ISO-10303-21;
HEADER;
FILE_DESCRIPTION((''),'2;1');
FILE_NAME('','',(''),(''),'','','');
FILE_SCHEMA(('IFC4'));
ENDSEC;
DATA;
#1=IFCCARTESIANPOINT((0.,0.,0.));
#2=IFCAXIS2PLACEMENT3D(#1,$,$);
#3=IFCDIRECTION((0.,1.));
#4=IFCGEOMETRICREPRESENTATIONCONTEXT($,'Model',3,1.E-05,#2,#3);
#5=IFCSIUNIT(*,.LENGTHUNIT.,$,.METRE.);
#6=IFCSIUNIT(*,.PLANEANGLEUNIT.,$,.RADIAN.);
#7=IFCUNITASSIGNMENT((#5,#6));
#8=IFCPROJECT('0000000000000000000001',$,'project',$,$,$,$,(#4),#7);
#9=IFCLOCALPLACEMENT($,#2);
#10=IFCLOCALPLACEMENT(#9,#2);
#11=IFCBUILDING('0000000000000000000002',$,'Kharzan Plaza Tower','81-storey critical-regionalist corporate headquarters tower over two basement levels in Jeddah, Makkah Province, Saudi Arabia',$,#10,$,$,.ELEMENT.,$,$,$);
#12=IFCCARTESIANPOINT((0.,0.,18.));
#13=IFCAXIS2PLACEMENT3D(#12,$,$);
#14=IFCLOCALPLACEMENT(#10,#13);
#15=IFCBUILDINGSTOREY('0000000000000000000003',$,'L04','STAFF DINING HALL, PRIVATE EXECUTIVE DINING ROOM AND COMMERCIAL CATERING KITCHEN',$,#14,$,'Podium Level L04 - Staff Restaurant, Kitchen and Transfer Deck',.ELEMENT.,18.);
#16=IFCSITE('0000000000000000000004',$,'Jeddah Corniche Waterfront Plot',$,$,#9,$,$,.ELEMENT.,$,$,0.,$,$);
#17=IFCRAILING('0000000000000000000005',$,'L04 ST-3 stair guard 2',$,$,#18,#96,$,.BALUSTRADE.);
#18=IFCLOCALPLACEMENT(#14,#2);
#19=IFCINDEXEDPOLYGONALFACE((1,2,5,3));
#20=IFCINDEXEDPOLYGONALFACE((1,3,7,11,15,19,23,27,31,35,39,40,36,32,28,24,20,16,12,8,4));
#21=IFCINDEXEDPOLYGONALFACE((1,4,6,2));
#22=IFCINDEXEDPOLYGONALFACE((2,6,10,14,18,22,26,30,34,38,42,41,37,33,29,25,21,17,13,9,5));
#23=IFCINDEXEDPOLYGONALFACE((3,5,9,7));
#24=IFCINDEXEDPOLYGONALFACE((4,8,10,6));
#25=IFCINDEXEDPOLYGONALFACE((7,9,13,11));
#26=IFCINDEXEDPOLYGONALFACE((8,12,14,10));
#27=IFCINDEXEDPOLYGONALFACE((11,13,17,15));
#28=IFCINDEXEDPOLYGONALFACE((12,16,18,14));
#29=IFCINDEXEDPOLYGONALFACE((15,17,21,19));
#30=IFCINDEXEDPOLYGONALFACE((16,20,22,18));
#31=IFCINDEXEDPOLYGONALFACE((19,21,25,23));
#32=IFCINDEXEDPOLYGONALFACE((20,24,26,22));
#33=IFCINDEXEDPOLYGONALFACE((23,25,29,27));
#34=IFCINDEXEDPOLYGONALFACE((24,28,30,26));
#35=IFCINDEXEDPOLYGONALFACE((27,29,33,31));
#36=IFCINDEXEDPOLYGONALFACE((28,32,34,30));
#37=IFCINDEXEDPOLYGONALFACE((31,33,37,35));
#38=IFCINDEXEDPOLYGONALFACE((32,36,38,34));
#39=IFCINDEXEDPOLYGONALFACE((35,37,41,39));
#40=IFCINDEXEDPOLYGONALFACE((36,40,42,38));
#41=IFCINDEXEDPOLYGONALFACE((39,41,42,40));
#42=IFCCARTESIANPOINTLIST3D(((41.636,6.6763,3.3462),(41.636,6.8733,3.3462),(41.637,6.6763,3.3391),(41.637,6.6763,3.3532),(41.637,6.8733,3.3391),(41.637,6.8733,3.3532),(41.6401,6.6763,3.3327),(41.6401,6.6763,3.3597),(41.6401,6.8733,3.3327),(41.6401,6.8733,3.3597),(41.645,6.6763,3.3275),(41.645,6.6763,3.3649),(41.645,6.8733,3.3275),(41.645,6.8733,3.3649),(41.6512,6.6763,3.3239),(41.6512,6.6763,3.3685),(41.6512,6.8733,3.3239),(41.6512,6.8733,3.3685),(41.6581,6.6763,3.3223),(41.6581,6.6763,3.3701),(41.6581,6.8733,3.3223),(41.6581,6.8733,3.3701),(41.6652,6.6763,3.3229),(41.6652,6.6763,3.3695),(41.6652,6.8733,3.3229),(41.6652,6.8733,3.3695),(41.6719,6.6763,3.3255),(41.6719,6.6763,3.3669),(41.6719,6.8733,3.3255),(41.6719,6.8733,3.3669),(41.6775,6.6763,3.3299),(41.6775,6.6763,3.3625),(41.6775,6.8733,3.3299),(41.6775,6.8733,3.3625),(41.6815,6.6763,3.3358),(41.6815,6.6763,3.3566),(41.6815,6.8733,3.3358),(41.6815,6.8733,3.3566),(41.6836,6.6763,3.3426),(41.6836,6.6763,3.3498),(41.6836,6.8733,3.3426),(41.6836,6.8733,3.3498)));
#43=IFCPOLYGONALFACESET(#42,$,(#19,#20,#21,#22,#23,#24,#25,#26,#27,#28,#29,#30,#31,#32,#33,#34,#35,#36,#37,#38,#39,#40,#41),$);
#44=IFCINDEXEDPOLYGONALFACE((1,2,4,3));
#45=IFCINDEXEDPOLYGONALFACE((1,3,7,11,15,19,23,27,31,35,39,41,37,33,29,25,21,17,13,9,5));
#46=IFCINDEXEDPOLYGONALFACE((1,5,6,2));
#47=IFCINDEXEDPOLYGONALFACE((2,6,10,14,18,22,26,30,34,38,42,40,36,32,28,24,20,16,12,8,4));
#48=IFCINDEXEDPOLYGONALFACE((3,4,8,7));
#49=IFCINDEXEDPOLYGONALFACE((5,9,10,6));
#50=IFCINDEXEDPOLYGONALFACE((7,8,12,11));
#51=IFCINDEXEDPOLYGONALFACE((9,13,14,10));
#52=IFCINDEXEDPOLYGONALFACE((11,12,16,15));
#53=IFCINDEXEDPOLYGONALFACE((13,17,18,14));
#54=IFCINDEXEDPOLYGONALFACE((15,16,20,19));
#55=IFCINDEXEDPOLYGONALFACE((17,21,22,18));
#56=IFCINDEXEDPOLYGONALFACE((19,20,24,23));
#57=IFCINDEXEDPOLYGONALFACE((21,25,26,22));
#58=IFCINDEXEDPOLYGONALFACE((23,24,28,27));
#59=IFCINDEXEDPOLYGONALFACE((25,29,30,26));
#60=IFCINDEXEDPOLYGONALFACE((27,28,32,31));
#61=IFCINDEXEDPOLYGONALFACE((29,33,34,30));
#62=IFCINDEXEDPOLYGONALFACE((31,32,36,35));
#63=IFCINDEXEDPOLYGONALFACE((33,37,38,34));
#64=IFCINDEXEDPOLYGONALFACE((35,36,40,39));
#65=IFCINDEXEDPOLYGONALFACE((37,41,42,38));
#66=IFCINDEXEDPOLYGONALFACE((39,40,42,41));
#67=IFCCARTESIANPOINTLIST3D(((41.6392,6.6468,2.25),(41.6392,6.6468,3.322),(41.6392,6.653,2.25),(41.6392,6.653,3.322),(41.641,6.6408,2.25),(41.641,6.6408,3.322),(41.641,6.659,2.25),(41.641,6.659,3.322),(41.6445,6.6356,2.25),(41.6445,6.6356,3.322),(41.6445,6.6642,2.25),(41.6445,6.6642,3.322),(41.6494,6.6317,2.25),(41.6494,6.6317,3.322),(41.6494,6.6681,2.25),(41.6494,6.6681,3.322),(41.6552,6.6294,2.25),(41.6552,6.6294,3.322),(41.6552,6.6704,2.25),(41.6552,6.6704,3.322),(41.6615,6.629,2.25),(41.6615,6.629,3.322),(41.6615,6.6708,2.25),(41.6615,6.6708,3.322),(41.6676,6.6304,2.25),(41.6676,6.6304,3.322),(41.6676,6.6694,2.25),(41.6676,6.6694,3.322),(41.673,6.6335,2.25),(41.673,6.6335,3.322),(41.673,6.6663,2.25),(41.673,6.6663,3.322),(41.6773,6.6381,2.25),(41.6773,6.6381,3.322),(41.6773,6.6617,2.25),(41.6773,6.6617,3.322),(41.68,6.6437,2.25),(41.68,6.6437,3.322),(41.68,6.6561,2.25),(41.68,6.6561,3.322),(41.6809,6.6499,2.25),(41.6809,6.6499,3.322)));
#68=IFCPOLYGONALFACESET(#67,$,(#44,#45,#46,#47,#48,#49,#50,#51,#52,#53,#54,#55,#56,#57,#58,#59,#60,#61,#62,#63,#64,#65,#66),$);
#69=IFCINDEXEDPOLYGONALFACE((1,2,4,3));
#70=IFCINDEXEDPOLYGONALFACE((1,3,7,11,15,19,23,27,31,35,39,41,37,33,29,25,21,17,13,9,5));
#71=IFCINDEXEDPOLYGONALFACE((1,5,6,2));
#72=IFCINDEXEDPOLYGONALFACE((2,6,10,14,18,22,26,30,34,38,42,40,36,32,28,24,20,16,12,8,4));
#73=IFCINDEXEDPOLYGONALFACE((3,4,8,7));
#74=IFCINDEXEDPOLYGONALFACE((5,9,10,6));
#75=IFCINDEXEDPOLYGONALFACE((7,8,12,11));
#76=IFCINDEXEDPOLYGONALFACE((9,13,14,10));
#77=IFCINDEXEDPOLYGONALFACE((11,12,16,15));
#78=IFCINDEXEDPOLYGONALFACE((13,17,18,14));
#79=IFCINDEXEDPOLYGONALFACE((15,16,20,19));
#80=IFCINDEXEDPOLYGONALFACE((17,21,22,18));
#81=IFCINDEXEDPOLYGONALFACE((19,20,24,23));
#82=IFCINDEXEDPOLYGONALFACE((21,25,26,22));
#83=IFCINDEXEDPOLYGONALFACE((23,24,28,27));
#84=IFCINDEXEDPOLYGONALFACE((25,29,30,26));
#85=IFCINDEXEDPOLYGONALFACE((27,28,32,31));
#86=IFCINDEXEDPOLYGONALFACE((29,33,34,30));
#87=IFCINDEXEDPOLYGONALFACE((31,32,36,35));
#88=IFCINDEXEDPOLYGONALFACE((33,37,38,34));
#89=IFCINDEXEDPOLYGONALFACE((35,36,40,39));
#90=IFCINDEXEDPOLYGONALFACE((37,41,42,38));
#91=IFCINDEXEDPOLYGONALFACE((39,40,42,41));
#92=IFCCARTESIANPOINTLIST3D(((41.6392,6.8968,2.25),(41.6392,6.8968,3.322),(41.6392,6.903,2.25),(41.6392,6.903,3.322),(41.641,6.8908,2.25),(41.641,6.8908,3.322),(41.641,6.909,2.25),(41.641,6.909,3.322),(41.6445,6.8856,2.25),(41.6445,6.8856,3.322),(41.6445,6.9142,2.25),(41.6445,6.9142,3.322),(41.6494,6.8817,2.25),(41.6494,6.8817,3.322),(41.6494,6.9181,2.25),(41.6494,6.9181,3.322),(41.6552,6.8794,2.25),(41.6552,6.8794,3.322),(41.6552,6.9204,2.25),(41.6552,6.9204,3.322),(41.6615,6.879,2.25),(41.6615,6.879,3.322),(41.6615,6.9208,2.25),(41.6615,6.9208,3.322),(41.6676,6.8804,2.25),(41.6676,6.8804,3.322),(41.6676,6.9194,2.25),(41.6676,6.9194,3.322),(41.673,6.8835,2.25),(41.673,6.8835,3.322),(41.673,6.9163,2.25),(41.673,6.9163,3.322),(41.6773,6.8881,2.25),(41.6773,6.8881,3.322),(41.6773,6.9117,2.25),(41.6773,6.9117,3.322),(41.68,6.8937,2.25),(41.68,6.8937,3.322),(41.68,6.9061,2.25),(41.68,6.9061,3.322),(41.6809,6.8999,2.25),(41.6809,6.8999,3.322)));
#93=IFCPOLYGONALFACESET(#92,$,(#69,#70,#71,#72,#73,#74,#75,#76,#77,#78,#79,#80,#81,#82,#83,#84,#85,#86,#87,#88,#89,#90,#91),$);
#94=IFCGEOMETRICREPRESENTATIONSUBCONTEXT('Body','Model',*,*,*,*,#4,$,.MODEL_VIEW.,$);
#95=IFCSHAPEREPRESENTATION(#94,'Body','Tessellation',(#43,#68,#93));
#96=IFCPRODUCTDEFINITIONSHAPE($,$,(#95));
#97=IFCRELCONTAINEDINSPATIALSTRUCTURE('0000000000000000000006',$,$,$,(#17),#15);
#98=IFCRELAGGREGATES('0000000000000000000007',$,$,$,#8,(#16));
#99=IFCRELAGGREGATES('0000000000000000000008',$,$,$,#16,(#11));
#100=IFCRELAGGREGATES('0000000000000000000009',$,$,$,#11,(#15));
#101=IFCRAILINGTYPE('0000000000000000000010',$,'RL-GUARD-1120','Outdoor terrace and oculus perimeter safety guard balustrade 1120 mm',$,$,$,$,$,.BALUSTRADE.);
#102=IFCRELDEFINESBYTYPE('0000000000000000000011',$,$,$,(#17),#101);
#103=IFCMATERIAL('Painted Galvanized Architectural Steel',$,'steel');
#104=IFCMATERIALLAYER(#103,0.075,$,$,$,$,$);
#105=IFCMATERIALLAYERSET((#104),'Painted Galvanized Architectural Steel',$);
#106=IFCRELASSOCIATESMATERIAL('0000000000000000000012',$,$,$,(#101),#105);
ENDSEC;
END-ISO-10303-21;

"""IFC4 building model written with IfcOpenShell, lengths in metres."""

from ifc_helpers import new_model, si_unit, direction, frame, origin, origin_2d, place, context, subcontext, project, spatial, circle, extrude, source, transform, mapped, material, layer, layer_set, type_object, element, save


model = new_model("IFC4")

# Units and contexts
model_context = context("Model", 3, precision=1e-05, world=origin(), true_north=direction((0.0, 1.0)))
body_context = subcontext(model_context, "Body", "Model", "MODEL_VIEW")
ifc_project = project(units=[si_unit("LENGTHUNIT", "METRE"), si_unit("PLANEANGLEUNIT", "RADIAN")], contexts=[model_context])

# Site, building, storey
site_placement = place(None, origin())
site = spatial("IfcSite", under=ifc_project, at=site_placement, Name="Jeddah Corniche Waterfront Plot", CompositionType="ELEMENT", RefElevation=0.0)
building_placement = place(site_placement, origin())
building = spatial("IfcBuilding", under=site, at=building_placement, Name="Kharzan Plaza Tower", Description="81-storey critical-regionalist corporate headquarters tower over two basement levels in Jeddah, Makkah Province, Saudi Arabia", CompositionType="ELEMENT")
storey_placement = place(building_placement, frame((0.0, 0.0, 18.0)))
storey = spatial("IfcBuildingStorey", under=building, at=storey_placement, Name="L04", Description="STAFF DINING HALL, PRIVATE EXECUTIVE DINING ROOM AND COMMERCIAL CATERING KITCHEN", LongName="Podium Level L04 - Staff Restaurant, Kitchen and Transfer Deck", CompositionType="ELEMENT", Elevation=18.0)

# Railing
ifc_material_1 = material(Name="Painted Galvanized Architectural Steel", Category="steel")
ifc_layer_1 = layer(ifc_material_1, 0.075)
ifc_layer_set_1 = layer_set([ifc_layer_1], Name="Painted Galvanized Architectural Steel")
railing_type = type_object("IfcRailingType", Name="RL-GUARD-1120", Description="Outdoor terrace and oculus perimeter safety guard balustrade 1120 mm", PredefinedType="BALUSTRADE", material=ifc_layer_set_1)
shared_shape_1 = source(origin(), body_context, "Body", "SweptSolid", [
    extrude(circle(Radius=0.0239, at=origin_2d()), frame((0.0, 0.0264, 1.0962), z_axis=(0.0, 1.0, 0.0), x_axis=(-1.0, 0.0, 0.0)), (0.0, 0.0, 1.0), 0.197),
    extrude(circle(Radius=0.021, at=origin_2d()), origin(), (0.0, 0.0, 1.0), 1.072),
    extrude(circle(Radius=0.021, at=origin_2d()), frame((0.0, 0.25, 0.0)), (0.0, 0.0, 1.0), 1.072),
])
railing_placement = place(storey_placement, frame((41.6599, 6.6499, 2.25)))
element("IfcRailing", 1, at=railing_placement, inside=storey, type_object=railing_type, Name="L04 ST-3 stair guard 2", PredefinedType="BALUSTRADE", context=body_context, shape_type="MappedRepresentation", body=[
    mapped(shared_shape_1, transform((0.0, 0.0, 0.0), x_axis=(1.0, 0.0, 0.0), y_axis=(0.0, 1.0, 0.0), z_axis=(0.0, 0.0, 1.0))),
])

save(model, "model.ifc")
